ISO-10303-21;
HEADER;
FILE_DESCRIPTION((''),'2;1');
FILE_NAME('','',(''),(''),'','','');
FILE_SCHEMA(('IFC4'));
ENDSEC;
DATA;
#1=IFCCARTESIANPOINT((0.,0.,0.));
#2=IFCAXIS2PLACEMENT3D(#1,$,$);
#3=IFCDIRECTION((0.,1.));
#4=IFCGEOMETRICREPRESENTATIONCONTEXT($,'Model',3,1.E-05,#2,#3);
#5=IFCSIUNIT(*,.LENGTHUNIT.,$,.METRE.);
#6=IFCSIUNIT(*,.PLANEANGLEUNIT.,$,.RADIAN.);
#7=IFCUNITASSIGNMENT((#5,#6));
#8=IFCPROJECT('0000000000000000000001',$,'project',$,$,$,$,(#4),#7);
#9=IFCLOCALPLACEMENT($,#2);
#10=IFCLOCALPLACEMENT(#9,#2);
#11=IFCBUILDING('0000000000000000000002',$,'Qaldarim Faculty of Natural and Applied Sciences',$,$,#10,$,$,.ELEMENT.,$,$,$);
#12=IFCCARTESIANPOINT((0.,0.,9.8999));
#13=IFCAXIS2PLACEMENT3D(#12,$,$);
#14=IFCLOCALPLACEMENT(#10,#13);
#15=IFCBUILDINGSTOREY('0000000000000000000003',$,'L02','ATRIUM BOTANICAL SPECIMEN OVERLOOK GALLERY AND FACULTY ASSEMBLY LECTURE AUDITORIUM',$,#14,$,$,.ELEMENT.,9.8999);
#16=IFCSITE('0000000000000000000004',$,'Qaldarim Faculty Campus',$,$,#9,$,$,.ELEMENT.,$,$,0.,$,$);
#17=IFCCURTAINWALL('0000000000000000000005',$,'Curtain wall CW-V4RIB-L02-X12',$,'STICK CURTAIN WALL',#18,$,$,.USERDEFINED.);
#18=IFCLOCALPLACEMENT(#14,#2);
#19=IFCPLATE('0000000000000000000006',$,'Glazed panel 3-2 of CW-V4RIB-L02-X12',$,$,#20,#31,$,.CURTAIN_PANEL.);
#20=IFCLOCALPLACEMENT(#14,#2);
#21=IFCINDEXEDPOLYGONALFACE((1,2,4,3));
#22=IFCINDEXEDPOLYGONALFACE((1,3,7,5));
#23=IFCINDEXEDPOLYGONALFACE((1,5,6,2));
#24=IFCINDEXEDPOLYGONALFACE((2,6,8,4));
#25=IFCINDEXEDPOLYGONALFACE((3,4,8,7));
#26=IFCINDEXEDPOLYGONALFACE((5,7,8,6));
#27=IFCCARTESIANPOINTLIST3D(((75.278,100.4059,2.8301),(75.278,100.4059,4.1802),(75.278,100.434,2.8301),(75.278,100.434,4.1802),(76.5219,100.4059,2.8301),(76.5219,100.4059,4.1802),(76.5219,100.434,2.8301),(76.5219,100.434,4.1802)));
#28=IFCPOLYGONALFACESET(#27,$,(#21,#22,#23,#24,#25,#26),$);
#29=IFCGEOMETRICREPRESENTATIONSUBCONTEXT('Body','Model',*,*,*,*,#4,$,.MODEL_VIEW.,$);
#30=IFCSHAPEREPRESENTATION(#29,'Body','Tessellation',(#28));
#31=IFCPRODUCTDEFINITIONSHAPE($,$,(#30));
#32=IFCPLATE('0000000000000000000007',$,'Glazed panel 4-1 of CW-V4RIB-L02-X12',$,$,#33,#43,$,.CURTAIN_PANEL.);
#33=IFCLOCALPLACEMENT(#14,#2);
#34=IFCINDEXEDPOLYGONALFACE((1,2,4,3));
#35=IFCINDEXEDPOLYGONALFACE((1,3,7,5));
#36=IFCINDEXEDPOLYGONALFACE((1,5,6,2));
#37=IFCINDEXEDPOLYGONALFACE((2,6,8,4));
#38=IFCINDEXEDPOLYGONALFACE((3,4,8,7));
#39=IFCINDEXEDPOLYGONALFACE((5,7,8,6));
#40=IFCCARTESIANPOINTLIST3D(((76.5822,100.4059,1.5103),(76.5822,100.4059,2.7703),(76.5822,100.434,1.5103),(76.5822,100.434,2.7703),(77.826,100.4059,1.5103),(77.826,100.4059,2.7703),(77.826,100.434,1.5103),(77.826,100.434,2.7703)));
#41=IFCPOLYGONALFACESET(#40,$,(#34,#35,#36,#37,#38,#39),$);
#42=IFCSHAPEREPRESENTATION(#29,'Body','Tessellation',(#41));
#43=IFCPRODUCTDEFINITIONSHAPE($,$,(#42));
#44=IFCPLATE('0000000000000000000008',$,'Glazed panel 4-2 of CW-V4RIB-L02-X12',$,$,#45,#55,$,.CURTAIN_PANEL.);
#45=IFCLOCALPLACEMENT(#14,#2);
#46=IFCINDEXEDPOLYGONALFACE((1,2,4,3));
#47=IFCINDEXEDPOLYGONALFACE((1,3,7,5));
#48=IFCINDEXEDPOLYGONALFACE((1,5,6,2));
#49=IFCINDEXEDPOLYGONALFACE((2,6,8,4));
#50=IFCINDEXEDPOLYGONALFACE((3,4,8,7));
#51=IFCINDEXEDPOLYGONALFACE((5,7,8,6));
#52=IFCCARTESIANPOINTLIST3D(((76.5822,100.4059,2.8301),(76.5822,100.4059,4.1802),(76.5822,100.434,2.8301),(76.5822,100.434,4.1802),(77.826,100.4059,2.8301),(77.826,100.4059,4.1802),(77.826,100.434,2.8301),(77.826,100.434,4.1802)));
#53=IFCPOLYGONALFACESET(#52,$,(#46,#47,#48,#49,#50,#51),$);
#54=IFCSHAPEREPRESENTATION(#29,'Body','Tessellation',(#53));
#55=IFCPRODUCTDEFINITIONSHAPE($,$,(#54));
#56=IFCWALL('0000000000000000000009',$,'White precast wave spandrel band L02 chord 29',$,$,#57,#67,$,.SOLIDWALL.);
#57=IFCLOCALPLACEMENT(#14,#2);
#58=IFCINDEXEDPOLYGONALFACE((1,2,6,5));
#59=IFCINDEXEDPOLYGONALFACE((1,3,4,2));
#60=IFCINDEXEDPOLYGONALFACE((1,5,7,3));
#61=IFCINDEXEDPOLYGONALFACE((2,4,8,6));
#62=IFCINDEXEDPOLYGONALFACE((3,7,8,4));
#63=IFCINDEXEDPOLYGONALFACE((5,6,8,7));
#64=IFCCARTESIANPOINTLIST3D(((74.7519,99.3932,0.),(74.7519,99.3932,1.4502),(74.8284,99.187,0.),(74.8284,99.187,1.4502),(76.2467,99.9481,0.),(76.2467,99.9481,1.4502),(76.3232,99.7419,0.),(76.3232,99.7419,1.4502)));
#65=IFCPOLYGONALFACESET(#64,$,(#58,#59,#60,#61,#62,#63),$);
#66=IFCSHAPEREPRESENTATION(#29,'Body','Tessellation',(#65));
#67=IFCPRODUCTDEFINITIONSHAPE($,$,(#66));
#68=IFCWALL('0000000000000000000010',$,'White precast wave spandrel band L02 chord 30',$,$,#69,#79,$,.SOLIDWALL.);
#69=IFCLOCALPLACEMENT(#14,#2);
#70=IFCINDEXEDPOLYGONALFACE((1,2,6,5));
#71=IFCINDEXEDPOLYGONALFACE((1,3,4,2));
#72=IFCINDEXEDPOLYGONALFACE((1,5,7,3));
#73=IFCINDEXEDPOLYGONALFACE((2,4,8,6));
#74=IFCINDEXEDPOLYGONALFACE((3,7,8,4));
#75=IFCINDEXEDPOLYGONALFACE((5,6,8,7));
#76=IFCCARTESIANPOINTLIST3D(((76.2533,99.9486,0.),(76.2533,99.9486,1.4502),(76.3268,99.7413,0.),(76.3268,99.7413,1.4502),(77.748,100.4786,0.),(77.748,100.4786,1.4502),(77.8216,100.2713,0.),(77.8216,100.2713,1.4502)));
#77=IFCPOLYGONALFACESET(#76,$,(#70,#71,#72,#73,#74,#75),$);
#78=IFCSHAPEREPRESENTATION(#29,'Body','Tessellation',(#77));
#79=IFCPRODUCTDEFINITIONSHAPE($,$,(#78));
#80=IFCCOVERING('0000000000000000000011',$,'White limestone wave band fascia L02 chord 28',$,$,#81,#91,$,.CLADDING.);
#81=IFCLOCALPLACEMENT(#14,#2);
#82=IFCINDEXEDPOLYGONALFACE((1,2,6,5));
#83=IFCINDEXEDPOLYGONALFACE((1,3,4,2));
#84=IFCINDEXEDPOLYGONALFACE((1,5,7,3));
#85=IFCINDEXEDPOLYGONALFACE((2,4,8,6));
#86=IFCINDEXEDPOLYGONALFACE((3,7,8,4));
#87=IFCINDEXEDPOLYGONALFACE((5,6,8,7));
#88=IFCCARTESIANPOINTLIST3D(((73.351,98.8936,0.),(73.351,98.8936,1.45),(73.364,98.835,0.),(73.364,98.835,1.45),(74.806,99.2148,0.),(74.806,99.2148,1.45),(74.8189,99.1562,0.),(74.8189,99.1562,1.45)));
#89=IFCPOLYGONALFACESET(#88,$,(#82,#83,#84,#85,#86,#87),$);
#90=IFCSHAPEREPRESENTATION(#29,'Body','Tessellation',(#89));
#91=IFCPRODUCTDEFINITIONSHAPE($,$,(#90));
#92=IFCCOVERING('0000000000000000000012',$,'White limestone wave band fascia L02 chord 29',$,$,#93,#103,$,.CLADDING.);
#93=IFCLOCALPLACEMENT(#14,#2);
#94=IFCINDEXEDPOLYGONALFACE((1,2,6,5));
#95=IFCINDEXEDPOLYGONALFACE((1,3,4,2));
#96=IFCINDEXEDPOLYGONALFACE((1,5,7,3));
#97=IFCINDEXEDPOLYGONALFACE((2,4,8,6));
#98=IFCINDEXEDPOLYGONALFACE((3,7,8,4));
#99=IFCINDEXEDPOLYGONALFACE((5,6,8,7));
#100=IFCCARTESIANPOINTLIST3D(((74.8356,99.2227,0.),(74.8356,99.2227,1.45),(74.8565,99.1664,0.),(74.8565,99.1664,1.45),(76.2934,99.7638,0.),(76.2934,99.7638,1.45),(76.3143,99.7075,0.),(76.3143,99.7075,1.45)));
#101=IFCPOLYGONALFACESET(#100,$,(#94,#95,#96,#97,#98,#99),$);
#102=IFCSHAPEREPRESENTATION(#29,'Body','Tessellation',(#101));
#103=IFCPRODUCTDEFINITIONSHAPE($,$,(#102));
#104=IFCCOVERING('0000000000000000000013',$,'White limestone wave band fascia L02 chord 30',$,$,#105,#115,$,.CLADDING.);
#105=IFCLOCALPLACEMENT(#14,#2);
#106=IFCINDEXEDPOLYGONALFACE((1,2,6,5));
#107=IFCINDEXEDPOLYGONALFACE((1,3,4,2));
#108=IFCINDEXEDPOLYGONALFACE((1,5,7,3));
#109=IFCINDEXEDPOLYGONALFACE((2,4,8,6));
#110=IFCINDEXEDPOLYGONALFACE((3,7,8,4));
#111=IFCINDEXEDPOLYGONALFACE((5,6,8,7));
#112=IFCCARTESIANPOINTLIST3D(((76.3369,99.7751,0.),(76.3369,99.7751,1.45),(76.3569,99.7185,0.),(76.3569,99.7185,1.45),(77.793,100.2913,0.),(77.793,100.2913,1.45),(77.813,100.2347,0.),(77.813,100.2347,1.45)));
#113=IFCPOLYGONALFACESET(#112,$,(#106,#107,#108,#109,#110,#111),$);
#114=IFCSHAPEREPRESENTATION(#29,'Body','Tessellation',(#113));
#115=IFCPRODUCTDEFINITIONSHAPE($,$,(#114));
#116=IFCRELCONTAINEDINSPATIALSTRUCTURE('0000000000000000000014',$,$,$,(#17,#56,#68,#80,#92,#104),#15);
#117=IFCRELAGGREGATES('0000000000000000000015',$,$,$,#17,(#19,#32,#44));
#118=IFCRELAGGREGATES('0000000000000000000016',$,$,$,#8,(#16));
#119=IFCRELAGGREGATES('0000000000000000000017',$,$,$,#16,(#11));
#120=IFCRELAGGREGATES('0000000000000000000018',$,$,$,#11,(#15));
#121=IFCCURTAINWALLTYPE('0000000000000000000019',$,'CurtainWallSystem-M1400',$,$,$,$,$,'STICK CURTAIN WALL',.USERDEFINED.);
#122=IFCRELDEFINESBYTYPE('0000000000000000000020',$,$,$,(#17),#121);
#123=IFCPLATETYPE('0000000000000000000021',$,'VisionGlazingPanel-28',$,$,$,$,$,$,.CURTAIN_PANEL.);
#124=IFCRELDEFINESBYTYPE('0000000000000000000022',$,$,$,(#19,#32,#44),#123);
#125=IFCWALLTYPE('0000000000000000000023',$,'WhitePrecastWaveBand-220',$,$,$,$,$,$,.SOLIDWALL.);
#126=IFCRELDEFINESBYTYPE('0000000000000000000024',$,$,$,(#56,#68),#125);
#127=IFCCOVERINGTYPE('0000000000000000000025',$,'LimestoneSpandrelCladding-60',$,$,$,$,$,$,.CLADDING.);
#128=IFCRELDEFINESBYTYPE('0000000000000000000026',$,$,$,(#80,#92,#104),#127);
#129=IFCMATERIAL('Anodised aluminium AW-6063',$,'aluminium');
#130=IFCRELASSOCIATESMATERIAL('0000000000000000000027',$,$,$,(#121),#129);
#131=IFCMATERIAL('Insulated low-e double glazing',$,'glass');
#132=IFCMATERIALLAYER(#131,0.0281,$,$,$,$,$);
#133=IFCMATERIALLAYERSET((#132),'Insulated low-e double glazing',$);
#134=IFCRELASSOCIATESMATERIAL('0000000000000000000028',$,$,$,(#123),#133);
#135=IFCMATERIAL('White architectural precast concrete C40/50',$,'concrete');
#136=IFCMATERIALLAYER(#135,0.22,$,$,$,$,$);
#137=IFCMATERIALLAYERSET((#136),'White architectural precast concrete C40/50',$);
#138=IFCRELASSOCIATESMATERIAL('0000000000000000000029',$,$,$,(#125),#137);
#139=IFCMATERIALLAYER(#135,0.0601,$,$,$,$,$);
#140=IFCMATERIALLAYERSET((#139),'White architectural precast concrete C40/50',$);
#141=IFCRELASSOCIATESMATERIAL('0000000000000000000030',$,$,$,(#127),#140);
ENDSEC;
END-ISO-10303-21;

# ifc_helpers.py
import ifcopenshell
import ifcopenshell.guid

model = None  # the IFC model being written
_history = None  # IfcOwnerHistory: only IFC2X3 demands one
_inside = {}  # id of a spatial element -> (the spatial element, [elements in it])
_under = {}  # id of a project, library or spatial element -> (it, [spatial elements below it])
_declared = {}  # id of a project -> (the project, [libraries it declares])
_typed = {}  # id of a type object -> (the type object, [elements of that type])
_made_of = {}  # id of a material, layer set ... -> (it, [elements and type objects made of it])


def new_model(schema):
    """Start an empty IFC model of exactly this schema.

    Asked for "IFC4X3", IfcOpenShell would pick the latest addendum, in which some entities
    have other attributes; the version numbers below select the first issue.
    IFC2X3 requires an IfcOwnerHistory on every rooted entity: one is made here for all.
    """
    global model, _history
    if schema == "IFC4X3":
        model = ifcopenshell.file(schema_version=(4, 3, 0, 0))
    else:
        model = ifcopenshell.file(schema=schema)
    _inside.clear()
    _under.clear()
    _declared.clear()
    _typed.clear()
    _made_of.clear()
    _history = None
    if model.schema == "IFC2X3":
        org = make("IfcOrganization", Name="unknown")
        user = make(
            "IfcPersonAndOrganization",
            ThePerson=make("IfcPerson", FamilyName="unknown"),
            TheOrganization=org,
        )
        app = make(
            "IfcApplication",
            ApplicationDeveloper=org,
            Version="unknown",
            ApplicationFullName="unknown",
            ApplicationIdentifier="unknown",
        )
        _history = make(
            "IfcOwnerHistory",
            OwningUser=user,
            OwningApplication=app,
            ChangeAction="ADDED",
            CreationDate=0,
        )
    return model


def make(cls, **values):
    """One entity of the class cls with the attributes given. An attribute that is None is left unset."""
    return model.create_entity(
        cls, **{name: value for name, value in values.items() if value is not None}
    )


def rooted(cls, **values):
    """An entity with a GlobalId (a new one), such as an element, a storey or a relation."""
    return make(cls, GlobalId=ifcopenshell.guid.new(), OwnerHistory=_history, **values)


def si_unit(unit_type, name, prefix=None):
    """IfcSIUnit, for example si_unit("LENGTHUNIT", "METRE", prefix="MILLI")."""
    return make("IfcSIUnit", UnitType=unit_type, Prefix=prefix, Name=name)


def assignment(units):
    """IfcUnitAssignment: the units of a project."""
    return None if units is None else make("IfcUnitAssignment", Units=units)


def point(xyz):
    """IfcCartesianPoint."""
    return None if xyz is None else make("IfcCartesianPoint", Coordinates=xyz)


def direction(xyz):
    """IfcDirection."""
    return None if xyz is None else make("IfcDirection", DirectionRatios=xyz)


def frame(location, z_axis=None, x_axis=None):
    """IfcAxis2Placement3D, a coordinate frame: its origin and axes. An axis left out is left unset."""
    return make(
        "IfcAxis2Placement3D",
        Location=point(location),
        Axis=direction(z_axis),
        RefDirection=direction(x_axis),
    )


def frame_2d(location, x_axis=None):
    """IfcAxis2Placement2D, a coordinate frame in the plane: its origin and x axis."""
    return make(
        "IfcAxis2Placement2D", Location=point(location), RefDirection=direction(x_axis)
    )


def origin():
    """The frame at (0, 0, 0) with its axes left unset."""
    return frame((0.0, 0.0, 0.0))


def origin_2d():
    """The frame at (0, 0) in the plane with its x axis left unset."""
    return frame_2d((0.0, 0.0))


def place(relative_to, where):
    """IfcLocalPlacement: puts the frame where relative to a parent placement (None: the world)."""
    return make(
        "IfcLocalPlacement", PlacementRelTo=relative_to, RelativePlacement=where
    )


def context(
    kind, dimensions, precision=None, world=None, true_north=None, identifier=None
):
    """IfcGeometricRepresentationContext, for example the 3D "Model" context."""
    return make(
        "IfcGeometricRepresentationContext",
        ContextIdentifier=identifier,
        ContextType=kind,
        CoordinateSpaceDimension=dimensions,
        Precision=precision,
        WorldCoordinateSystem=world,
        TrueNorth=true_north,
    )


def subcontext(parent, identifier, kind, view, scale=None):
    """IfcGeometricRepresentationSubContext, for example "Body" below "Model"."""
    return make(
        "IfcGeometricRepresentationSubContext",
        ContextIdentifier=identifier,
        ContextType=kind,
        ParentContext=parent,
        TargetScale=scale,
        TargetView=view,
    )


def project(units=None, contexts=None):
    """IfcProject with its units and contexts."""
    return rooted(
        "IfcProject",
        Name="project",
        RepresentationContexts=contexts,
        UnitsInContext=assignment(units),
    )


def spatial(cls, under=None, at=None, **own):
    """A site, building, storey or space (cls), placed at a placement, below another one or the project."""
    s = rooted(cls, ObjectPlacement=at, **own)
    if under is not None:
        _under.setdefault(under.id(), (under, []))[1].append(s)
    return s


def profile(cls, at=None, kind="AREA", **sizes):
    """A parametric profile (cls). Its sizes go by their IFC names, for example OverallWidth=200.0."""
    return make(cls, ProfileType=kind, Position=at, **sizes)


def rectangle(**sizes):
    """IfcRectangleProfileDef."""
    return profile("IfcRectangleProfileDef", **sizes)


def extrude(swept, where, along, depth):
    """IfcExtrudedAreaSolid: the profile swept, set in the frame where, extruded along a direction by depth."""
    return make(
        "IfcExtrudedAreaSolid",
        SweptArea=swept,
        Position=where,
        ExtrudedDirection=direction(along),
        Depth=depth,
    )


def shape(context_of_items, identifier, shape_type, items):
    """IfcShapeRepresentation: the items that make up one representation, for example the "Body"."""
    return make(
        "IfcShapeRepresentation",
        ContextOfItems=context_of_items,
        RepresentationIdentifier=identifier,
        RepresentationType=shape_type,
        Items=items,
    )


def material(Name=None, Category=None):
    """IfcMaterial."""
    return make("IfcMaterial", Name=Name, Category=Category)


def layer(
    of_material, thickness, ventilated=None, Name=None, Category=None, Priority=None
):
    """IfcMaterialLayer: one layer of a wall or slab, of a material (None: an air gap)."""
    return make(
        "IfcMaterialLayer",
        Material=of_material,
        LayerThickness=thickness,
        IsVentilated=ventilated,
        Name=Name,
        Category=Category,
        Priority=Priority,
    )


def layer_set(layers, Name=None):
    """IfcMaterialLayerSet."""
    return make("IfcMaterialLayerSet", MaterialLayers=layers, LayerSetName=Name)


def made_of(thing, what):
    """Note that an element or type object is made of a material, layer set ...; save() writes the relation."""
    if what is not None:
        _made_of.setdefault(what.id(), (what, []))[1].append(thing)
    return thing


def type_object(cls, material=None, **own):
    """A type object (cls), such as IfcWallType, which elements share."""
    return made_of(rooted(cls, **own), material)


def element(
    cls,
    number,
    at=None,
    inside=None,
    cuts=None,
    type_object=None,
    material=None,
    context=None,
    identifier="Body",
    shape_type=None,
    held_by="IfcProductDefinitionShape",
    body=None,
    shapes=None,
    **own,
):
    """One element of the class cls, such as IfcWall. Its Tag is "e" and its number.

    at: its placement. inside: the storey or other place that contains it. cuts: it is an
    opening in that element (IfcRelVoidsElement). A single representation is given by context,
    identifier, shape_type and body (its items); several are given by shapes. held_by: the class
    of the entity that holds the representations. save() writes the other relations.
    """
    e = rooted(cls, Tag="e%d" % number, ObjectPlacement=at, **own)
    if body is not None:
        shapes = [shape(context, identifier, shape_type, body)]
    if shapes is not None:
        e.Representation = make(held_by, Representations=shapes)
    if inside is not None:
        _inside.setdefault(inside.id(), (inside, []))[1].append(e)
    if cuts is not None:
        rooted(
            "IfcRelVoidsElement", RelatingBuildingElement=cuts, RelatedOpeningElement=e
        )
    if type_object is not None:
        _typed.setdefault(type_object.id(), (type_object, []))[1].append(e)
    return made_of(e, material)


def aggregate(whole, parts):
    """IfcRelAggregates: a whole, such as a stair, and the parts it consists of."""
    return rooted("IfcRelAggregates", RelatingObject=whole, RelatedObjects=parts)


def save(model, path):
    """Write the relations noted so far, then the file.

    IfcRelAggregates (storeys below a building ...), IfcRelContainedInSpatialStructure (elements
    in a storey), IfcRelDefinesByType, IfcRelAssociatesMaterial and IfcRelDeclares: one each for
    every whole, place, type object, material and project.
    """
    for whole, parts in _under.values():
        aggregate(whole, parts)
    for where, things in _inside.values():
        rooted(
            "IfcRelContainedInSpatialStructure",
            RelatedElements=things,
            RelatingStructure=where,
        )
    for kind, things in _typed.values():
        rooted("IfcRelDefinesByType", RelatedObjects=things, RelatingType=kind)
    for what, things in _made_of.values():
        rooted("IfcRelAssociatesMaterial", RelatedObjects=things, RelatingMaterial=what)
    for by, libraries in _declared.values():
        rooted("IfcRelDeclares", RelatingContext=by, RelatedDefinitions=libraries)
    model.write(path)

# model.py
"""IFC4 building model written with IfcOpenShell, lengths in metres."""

from ifc_helpers import new_model, si_unit, direction, frame, frame_2d, origin, origin_2d, place, context, subcontext, project, spatial, rectangle, extrude, material, layer, layer_set, type_object, element, aggregate, save


model = new_model("IFC4")

# Units and contexts
model_context = context("Model", 3, precision=1e-05, world=origin(), true_north=direction((0.0, 1.0)))
body_context = subcontext(model_context, "Body", "Model", "MODEL_VIEW")
ifc_project = project(units=[si_unit("LENGTHUNIT", "METRE"), si_unit("PLANEANGLEUNIT", "RADIAN")], contexts=[model_context])

# Site, building, storey
site_placement = place(None, origin())
site = spatial("IfcSite", under=ifc_project, at=site_placement, Name="Qaldarim Faculty Campus", CompositionType="ELEMENT", RefElevation=0.0)
building_placement = place(site_placement, origin())
building = spatial("IfcBuilding", under=site, at=building_placement, Name="Qaldarim Faculty of Natural and Applied Sciences", CompositionType="ELEMENT")
storey_placement = place(building_placement, frame((0.0, 0.0, 9.8999)))
storey = spatial("IfcBuildingStorey", under=building, at=storey_placement, Name="L02", Description="ATRIUM BOTANICAL SPECIMEN OVERLOOK GALLERY AND FACULTY ASSEMBLY LECTURE AUDITORIUM", CompositionType="ELEMENT", Elevation=9.8999)

# Curtain wall, plates
ifc_material_1 = material(Name="Anodised aluminium AW-6063", Category="aluminium")
curtain_wall_type = type_object("IfcCurtainWallType", Name="CurtainWallSystem-M1400", ElementType="STICK CURTAIN WALL", PredefinedType="USERDEFINED", material=ifc_material_1)
curtain_wall_placement = place(storey_placement, origin())
curtain_wall = element("IfcCurtainWall", 1, at=curtain_wall_placement, inside=storey, type_object=curtain_wall_type, Name="Curtain wall CW-V4RIB-L02-X12", ObjectType="STICK CURTAIN WALL", PredefinedType="USERDEFINED")
ifc_material_2 = material(Name="Insulated low-e double glazing", Category="glass")
ifc_layer_1 = layer(ifc_material_2, 0.0281)
ifc_layer_set_1 = layer_set([ifc_layer_1], Name="Insulated low-e double glazing")
plate_type = type_object("IfcPlateType", Name="VisionGlazingPanel-28", PredefinedType="CURTAIN_PANEL", material=ifc_layer_set_1)
plate_1_placement = place(storey_placement, frame((75.8999, 100.4199, 2.8301), z_axis=(0.0, 0.0, 1.0), x_axis=(1.0, 0.0, 0.0)))
plate_1 = element("IfcPlate", 2, at=plate_1_placement, type_object=plate_type, Name="Glazed panel 3-2 of CW-V4RIB-L02-X12", PredefinedType="CURTAIN_PANEL", context=body_context, shape_type="SweptSolid", body=[
    extrude(rectangle(XDim=1.2439, YDim=0.0281, at=origin_2d()), origin(), (0.0, 0.0, 1.0), 1.3501),
])
plate_2_placement = place(storey_placement, frame((77.2041, 100.4199, 1.5103), z_axis=(0.0, 0.0, 1.0), x_axis=(1.0, 0.0, 0.0)))
plate_2 = element("IfcPlate", 3, at=plate_2_placement, type_object=plate_type, Name="Glazed panel 4-1 of CW-V4RIB-L02-X12", PredefinedType="CURTAIN_PANEL", context=body_context, shape_type="SweptSolid", body=[
    extrude(rectangle(XDim=1.2439, YDim=0.0281, at=origin_2d()), origin(), (0.0, 0.0, 1.0), 1.26),
])
plate_3_placement = place(storey_placement, frame((77.2041, 100.4199, 2.8301), z_axis=(0.0, 0.0, 1.0), x_axis=(1.0, 0.0, 0.0)))
plate_3 = element("IfcPlate", 4, at=plate_3_placement, type_object=plate_type, Name="Glazed panel 4-2 of CW-V4RIB-L02-X12", PredefinedType="CURTAIN_PANEL", context=body_context, shape_type="SweptSolid", body=[
    extrude(rectangle(XDim=1.2439, YDim=0.0281, at=origin_2d()), origin(), (0.0, 0.0, 1.0), 1.3501),
])
aggregate(curtain_wall, [plate_1, plate_2, plate_3])

# Walls
ifc_material_3 = material(Name="White architectural precast concrete C40/50", Category="concrete")
ifc_layer_2 = layer(ifc_material_3, 0.22)
ifc_layer_set_2 = layer_set([ifc_layer_2], Name="White architectural precast concrete C40/50")
wall_type = type_object("IfcWallType", Name="WhitePrecastWaveBand-220", PredefinedType="SOLIDWALL", material=ifc_layer_set_2)
wall_1_placement = place(storey_placement, frame((74.79, 99.29, 0.0), z_axis=(0.0, 0.0, 1.0), x_axis=(0.937488, 0.348017, 0.0)))
element("IfcWall", 5, at=wall_1_placement, inside=storey, type_object=wall_type, Name="White precast wave spandrel band L02 chord 29", PredefinedType="SOLIDWALL", context=body_context, shape_type="SweptSolid", body=[
    extrude(rectangle(XDim=1.5945, YDim=0.22, at=frame_2d((0.7974, 0.0))), origin(), (0.0, 0.0, 1.0), 1.4502),
])
wall_2_placement = place(storey_placement, frame((76.29, 99.845, 0.0), z_axis=(0.0, 0.0, 1.0), x_axis=(0.942509, 0.334181, 0.0)))
element("IfcWall", 6, at=wall_2_placement, inside=storey, type_object=wall_type, Name="White precast wave spandrel band L02 chord 30", PredefinedType="SOLIDWALL", context=body_context, shape_type="SweptSolid", body=[
    extrude(rectangle(XDim=1.5859, YDim=0.22, at=frame_2d((0.793, 0.0))), origin(), (0.0, 0.0, 1.0), 1.4502),
])

# Coverings
ifc_layer_3 = layer(ifc_material_3, 0.0601)
ifc_layer_set_3 = layer_set([ifc_layer_3], Name="White architectural precast concrete C40/50")
covering_type = type_object("IfcCoveringType", Name="LimestoneSpandrelCladding-60", PredefinedType="CLADDING", material=ifc_layer_set_3)
covering_1_placement = place(storey_placement, frame((74.085, 99.0249, 0.0), z_axis=(0.0, 0.0, 1.0), x_axis=(0.976492, 0.215553, 0.0)))
element("IfcCovering", 7, at=covering_1_placement, inside=storey, type_object=covering_type, Name="White limestone wave band fascia L02 chord 28", PredefinedType="CLADDING", context=body_context, shape_type="SweptSolid", body=[
    extrude(rectangle(XDim=1.49, YDim=0.0601, at=origin_2d()), origin(), (0.0, 0.0, 1.0), 1.45),
])
covering_2_placement = place(storey_placement, frame((75.575, 99.4651, 0.0), z_axis=(0.0, 0.0, 1.0), x_axis=(0.937483, 0.348032, 0.0)))
element("IfcCovering", 8, at=covering_2_placement, inside=storey, type_object=covering_type, Name="White limestone wave band fascia L02 chord 29", PredefinedType="CLADDING", context=body_context, shape_type="SweptSolid", body=[
    extrude(rectangle(XDim=1.5549, YDim=0.0601, at=origin_2d()), origin(), (0.0, 0.0, 1.0), 1.45),
])
covering_3_placement = place(storey_placement, frame((77.075, 100.0049, 0.0), z_axis=(0.0, 0.0, 1.0), x_axis=(0.942525, 0.334136, 0.0)))
element("IfcCovering", 9, at=covering_3_placement, inside=storey, type_object=covering_type, Name="White limestone wave band fascia L02 chord 30", PredefinedType="CLADDING", context=body_context, shape_type="SweptSolid", body=[
    extrude(rectangle(XDim=1.5449, YDim=0.0601, at=origin_2d()), origin(), (0.0, 0.0, 1.0), 1.45),
])

save(model, "model.ifc")
